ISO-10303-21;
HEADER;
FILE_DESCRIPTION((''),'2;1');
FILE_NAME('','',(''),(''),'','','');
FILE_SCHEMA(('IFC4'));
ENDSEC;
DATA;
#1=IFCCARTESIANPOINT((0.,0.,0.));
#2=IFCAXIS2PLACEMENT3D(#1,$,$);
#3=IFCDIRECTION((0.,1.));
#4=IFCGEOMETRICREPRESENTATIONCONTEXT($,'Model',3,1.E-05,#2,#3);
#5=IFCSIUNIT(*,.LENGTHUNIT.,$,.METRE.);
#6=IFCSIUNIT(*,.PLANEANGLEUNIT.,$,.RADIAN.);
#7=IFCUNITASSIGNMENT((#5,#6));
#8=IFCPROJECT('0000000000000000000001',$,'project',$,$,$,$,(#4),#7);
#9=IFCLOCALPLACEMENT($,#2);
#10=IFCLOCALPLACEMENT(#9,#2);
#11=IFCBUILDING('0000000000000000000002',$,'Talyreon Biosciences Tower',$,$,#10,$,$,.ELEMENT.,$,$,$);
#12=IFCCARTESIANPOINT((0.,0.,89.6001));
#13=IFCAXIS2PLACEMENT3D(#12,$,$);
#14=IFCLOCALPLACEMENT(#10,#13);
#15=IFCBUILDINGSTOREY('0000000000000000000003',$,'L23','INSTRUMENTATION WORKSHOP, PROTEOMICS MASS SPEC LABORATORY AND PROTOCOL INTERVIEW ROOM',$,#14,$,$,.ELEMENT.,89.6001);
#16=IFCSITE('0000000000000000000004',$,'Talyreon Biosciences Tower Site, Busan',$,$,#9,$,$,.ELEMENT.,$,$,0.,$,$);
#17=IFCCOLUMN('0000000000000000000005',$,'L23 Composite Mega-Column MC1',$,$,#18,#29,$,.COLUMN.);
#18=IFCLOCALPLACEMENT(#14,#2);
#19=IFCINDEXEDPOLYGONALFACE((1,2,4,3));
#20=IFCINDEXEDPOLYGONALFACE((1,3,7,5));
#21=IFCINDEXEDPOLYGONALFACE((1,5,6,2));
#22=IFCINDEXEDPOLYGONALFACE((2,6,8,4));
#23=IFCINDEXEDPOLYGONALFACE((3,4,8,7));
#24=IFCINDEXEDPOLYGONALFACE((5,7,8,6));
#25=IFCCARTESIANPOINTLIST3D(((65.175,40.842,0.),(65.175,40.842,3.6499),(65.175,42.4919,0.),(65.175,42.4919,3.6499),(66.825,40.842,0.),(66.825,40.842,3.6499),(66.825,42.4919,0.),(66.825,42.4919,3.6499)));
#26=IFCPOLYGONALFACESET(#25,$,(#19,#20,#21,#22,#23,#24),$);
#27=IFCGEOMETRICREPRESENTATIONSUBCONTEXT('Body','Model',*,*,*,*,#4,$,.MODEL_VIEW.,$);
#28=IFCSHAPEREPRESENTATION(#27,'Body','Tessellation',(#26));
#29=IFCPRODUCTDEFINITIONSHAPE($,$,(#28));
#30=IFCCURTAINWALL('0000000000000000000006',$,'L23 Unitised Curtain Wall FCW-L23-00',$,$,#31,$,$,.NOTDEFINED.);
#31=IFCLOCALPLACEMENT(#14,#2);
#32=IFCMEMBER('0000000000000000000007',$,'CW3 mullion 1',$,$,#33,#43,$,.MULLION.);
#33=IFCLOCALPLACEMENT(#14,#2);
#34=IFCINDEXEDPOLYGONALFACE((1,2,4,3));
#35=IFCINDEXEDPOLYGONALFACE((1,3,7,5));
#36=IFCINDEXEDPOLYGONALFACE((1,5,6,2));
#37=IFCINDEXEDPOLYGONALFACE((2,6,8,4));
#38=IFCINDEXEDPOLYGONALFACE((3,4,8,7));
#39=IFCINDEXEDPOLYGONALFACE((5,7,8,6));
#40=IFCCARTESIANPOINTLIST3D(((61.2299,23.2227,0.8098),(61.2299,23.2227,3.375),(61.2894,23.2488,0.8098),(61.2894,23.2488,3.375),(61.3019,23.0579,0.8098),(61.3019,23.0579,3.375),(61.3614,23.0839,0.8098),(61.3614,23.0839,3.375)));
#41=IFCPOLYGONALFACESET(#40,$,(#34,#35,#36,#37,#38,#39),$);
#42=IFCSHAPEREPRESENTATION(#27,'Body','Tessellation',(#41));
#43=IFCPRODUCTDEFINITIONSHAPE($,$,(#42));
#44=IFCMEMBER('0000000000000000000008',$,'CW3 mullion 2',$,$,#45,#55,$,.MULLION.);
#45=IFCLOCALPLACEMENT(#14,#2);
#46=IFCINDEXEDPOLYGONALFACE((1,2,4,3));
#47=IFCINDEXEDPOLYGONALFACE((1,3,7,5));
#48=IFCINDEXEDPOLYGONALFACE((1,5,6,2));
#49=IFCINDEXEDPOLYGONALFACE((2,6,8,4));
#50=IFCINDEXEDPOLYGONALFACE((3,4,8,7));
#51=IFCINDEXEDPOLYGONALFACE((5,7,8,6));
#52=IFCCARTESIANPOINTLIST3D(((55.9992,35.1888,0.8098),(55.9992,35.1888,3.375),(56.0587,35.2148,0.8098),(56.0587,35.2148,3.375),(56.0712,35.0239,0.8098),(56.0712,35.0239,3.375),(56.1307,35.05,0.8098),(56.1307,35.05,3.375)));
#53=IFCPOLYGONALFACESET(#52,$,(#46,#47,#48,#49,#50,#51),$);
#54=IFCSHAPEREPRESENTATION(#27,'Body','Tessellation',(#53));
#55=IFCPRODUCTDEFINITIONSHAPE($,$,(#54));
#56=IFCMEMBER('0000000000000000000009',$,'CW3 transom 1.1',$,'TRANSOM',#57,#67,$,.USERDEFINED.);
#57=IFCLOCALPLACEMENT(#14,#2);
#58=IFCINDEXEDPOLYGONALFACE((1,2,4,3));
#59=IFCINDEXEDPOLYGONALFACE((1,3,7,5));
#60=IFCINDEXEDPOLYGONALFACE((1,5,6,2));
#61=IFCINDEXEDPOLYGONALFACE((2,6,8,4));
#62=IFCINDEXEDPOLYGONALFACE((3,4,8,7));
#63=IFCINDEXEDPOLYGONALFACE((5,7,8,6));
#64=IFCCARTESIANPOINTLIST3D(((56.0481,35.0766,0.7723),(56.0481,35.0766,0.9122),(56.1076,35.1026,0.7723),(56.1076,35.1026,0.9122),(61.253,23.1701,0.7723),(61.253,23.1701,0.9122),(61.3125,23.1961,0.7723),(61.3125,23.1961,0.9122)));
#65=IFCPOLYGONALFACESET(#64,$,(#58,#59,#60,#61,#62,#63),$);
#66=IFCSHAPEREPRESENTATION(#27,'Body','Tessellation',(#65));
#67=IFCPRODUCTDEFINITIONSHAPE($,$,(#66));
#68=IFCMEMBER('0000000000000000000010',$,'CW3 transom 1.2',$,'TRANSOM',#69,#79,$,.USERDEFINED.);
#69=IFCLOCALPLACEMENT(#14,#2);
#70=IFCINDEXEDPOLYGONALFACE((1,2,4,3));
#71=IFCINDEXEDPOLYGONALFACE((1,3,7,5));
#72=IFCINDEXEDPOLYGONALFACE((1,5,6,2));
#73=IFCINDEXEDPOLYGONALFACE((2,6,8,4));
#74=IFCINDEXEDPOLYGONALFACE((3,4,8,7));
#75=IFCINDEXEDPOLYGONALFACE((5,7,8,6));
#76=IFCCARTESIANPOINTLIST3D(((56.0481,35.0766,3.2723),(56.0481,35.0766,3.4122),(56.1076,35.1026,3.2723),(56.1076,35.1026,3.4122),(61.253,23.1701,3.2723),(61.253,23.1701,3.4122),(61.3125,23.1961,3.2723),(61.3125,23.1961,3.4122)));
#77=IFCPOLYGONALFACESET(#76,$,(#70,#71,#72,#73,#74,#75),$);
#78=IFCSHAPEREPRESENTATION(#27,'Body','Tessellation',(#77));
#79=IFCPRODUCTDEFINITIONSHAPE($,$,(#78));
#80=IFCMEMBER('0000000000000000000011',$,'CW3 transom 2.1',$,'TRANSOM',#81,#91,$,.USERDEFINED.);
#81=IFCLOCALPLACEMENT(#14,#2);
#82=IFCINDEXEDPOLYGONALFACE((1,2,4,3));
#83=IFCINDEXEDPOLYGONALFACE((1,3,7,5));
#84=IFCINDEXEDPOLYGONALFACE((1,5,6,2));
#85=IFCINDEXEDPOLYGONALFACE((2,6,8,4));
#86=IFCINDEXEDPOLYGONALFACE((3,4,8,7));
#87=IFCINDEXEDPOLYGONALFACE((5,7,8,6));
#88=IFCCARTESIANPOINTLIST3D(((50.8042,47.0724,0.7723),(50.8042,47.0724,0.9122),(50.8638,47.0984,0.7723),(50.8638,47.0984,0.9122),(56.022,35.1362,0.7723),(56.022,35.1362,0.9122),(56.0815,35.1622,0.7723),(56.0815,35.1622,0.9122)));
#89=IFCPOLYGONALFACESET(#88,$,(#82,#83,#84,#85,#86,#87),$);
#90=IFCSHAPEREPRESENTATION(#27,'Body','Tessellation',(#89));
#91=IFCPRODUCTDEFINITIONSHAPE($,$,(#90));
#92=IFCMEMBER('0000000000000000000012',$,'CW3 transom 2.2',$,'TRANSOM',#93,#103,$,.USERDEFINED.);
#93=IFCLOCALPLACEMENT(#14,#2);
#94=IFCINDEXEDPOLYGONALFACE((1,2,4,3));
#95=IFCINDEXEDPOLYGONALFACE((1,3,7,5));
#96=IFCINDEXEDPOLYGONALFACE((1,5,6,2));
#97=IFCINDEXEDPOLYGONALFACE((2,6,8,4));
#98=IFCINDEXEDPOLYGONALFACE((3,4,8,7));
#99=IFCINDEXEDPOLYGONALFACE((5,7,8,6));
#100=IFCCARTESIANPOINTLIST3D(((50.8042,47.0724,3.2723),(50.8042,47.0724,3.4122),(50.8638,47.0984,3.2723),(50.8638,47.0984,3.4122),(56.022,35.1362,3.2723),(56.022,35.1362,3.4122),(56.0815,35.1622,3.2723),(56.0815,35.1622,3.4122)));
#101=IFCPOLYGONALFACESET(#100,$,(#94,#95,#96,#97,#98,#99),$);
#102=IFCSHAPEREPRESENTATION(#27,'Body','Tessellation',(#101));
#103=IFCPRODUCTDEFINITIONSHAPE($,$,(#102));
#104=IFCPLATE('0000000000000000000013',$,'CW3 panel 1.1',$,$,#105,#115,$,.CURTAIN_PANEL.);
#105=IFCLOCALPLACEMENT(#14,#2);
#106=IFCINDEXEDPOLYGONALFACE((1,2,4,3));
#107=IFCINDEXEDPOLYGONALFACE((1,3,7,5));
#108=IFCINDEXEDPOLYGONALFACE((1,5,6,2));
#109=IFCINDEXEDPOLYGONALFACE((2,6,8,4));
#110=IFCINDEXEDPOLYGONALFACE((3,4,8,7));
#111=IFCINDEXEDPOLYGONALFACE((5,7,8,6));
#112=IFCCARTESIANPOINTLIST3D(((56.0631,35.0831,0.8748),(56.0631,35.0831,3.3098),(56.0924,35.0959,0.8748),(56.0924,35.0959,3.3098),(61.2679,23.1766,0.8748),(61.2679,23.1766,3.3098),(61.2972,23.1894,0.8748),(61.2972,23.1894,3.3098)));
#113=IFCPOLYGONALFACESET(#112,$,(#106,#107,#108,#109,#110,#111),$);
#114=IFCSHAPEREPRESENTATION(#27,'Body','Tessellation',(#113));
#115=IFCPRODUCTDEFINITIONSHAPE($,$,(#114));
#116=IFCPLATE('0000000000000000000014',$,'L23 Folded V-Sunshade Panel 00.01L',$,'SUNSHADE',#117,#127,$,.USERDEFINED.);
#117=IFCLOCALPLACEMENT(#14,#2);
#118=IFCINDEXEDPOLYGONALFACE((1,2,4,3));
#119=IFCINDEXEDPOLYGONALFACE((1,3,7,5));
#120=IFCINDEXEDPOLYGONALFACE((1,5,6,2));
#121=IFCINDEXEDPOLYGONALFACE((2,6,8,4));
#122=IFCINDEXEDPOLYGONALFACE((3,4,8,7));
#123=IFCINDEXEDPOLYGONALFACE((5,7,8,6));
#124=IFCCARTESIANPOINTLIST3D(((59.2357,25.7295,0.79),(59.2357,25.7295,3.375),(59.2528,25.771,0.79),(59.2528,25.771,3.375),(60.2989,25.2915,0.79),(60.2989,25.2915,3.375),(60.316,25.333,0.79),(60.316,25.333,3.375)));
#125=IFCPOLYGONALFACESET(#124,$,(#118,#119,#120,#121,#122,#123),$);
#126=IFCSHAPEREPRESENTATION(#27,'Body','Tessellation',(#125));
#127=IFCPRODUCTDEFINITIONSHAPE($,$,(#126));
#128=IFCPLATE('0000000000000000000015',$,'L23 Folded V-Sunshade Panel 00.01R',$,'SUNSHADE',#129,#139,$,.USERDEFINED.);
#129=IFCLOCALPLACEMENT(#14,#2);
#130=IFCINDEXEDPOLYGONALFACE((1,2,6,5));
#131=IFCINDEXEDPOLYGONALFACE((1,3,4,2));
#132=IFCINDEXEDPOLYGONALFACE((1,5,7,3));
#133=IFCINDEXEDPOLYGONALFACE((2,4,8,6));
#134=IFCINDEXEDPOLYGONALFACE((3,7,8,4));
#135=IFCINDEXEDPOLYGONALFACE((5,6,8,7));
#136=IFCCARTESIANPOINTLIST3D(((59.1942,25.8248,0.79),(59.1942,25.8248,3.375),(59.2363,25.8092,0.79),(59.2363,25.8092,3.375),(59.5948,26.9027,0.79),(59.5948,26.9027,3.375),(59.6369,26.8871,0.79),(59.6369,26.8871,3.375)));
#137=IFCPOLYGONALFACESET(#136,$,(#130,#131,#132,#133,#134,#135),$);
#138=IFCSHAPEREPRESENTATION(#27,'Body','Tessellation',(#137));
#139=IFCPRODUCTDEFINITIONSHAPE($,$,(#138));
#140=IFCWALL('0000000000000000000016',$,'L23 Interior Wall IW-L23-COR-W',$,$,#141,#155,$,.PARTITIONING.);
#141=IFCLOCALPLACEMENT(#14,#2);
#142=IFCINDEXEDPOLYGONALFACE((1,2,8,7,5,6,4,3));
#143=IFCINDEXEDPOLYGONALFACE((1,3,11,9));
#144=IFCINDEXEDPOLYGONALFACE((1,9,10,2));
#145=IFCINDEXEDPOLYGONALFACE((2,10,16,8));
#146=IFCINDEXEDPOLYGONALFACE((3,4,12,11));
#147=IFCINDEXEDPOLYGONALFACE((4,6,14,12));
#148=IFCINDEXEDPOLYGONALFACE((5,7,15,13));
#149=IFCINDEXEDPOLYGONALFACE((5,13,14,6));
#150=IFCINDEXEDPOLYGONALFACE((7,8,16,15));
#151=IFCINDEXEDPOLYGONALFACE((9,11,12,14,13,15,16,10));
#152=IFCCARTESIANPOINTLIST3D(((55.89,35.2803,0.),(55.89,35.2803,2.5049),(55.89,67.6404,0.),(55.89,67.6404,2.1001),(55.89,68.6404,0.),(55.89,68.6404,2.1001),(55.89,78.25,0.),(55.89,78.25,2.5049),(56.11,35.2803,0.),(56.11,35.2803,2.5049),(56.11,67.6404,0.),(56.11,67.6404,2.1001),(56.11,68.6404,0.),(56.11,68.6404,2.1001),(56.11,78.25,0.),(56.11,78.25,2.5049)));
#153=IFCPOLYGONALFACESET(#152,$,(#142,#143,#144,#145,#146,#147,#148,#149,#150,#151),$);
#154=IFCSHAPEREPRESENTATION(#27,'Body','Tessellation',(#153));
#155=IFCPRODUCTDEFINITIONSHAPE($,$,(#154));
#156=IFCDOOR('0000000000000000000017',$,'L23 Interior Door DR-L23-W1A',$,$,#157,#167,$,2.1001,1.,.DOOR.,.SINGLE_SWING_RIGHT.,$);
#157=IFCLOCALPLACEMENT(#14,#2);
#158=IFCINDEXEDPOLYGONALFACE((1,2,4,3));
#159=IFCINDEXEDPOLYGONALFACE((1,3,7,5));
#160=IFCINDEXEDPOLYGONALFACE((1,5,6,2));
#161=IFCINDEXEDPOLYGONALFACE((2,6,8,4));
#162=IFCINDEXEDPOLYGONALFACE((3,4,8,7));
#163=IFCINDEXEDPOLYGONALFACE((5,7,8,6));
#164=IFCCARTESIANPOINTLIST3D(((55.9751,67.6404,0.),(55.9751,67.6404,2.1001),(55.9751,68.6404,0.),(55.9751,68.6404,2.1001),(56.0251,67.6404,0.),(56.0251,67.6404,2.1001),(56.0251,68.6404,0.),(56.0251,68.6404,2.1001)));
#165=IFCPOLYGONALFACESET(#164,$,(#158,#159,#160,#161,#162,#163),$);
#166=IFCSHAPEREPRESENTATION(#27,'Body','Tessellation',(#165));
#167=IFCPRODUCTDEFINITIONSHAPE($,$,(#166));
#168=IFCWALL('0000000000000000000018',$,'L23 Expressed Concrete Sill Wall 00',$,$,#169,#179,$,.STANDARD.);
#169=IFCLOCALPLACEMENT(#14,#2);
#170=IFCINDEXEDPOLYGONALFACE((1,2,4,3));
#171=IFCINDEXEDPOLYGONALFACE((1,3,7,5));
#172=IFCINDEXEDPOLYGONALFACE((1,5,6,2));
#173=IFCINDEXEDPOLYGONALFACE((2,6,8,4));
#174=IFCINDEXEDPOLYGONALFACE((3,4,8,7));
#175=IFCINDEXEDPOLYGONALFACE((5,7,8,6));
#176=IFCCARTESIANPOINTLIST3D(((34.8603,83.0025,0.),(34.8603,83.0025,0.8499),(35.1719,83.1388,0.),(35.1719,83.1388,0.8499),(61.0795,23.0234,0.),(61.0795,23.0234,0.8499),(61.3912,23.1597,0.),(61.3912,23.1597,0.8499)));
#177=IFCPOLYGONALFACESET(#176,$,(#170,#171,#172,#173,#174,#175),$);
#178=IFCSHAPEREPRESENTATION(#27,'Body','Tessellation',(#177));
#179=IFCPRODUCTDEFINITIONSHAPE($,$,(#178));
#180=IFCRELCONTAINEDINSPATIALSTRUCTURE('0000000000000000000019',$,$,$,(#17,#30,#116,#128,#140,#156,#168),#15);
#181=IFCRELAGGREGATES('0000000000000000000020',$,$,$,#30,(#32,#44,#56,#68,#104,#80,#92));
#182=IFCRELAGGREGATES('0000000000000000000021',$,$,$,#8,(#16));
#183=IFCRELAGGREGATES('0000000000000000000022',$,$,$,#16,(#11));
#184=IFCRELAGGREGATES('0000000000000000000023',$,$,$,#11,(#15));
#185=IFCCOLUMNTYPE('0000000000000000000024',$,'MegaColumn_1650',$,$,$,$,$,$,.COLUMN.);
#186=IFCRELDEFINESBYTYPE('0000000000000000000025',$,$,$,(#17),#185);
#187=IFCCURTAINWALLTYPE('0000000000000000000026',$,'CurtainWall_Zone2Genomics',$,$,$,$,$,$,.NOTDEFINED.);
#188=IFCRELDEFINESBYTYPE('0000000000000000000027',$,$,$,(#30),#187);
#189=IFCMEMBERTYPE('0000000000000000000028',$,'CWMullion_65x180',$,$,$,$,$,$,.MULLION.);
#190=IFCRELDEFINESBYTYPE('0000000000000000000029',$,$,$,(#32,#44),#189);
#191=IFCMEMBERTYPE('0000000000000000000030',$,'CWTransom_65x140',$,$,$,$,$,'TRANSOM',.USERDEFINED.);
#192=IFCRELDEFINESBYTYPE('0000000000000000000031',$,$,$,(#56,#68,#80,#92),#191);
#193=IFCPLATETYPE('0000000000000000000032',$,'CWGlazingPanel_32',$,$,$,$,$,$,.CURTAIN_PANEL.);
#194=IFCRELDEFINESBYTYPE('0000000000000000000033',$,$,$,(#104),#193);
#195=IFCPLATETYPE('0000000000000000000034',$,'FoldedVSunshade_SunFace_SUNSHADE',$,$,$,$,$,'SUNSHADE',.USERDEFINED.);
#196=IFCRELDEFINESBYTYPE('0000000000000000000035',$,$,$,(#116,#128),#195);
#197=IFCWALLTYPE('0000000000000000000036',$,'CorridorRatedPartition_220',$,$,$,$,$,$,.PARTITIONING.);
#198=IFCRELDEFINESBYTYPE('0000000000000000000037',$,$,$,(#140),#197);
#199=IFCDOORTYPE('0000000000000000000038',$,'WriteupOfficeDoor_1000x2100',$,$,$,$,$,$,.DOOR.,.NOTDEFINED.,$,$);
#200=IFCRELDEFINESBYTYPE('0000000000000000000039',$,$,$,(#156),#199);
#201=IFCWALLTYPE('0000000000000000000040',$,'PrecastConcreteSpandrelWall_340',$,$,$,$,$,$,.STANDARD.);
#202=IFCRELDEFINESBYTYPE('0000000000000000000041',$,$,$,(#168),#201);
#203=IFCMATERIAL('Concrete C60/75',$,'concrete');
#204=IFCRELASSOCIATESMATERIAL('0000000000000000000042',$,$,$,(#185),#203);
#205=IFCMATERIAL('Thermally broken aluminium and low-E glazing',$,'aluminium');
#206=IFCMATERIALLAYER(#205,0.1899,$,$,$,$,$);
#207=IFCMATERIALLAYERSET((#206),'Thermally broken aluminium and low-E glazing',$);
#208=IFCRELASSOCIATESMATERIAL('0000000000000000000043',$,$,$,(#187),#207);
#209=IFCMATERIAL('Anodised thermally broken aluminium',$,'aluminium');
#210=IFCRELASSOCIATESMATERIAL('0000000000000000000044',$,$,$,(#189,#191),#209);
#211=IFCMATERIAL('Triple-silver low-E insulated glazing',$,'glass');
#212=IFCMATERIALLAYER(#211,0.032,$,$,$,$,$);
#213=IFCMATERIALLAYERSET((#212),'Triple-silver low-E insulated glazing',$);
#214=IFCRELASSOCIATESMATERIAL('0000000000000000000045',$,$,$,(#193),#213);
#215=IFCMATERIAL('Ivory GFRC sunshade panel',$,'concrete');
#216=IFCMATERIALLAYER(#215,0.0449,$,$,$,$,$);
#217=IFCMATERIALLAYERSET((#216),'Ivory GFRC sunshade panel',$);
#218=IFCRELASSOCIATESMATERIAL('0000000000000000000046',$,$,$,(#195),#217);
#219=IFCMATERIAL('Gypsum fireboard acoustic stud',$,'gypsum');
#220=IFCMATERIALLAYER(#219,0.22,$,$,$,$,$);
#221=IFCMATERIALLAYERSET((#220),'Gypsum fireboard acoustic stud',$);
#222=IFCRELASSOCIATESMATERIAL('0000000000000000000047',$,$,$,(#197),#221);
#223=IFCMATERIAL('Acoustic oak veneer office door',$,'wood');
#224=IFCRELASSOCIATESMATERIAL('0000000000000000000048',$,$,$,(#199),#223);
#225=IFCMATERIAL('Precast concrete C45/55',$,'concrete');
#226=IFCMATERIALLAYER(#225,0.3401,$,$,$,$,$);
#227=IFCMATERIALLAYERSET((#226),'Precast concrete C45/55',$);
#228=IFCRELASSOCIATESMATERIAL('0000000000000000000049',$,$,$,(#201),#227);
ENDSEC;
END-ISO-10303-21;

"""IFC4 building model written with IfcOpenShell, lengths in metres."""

from ifc_helpers import new_model, si_unit, direction, frame, frame_2d, origin, origin_2d, place, context, subcontext, project, spatial, rectangle, extrude, material, layer, layer_set, material_profile, profile_set, type_object, element, fill, aggregate, save


model = new_model("IFC4")

# Units and contexts
model_context = context("Model", 3, precision=1e-05, world=origin(), true_north=direction((0.0, 1.0)))
body_context = subcontext(model_context, "Body", "Model", "MODEL_VIEW")
ifc_project = project(units=[si_unit("LENGTHUNIT", "METRE"), si_unit("PLANEANGLEUNIT", "RADIAN")], contexts=[model_context])

# Site, building, storey
site_placement = place(None, origin())
site = spatial("IfcSite", under=ifc_project, at=site_placement, Name="Talyreon Biosciences Tower Site, Busan", CompositionType="ELEMENT", RefElevation=0.0)
building_placement = place(site_placement, origin())
building = spatial("IfcBuilding", under=site, at=building_placement, Name="Talyreon Biosciences Tower", CompositionType="ELEMENT")
storey_placement = place(building_placement, frame((0.0, 0.0, 89.6001)))
storey = spatial("IfcBuildingStorey", under=building, at=storey_placement, Name="L23", Description="INSTRUMENTATION WORKSHOP, PROTEOMICS MASS SPEC LABORATORY AND PROTOCOL INTERVIEW ROOM", CompositionType="ELEMENT", Elevation=89.6001)

# Column
ifc_material_1 = material(Name="Concrete C60/75", Category="concrete")
ifc_material_profile_1 = material_profile(ifc_material_1, rectangle(XDim=1.6499, YDim=1.6499, at=origin_2d()), Name="RC 1650x1650")
ifc_profile_set_1 = profile_set([ifc_material_profile_1], Name="Concrete C60/75")
column_type = type_object("IfcColumnType", Name="MegaColumn_1650", PredefinedType="COLUMN", material=ifc_profile_set_1)
column_placement = place(storey_placement, frame((66.0, 41.667, 0.0), z_axis=(0.0, 0.0, 1.0), x_axis=(1.0, 0.0, 0.0)))
element("IfcColumn", 1, at=column_placement, inside=storey, type_object=column_type, Name="L23 Composite Mega-Column MC1", PredefinedType="COLUMN", context=body_context, shape_type="SweptSolid", body=[
    extrude(rectangle(XDim=1.6499, YDim=1.6499, at=origin_2d()), origin(), (0.0, 0.0, 1.0), 3.6499),
])

# Curtain wall, members, plate
ifc_material_2 = material(Name="Thermally broken aluminium and low-E glazing", Category="aluminium")
ifc_layer_1 = layer(ifc_material_2, 0.1899)
ifc_layer_set_1 = layer_set([ifc_layer_1], Name="Thermally broken aluminium and low-E glazing")
curtain_wall_type = type_object("IfcCurtainWallType", Name="CurtainWall_Zone2Genomics", PredefinedType="NOTDEFINED", material=ifc_layer_set_1)
curtain_wall_placement = place(storey_placement, origin())
curtain_wall = element("IfcCurtainWall", 2, at=curtain_wall_placement, inside=storey, type_object=curtain_wall_type, Name="L23 Unitised Curtain Wall FCW-L23-00", PredefinedType="NOTDEFINED")
ifc_material_3 = material(Name="Anodised thermally broken aluminium", Category="aluminium")
ifc_material_profile_2 = material_profile(ifc_material_3, rectangle(XDim=0.0649, YDim=0.1799, at=origin_2d()), Name="ALUM MULLION 65x180")
ifc_profile_set_2 = profile_set([ifc_material_profile_2], Name="Anodised thermally broken aluminium")
member_type_1 = type_object("IfcMemberType", Name="CWMullion_65x180", PredefinedType="MULLION", material=ifc_profile_set_2)
member_1_placement = place(storey_placement, frame((61.2957, 23.1533, 0.8098), z_axis=(0.0, 0.0, 1.0), x_axis=(-0.916278, -0.400542, 0.0)))
member_1 = element("IfcMember", 3, at=member_1_placement, type_object=member_type_1, Name="CW3 mullion 1", PredefinedType="MULLION", context=body_context, shape_type="SweptSolid", body=[
    extrude(rectangle(XDim=0.0649, YDim=0.1799, at=origin_2d()), origin(), (0.0, 0.0, 1.0), 2.5652),
])
member_2_placement = place(storey_placement, frame((56.0649, 35.1194, 0.8098), z_axis=(0.0, 0.0, 1.0), x_axis=(-0.916278, -0.400542, 0.0)))
member_2 = element("IfcMember", 4, at=member_2_placement, type_object=member_type_1, Name="CW3 mullion 2", PredefinedType="MULLION", context=body_context, shape_type="SweptSolid", body=[
    extrude(rectangle(XDim=0.0649, YDim=0.1799, at=origin_2d()), origin(), (0.0, 0.0, 1.0), 2.5652),
])
ifc_material_profile_3 = material_profile(ifc_material_3, rectangle(XDim=0.0649, YDim=0.1399, at=origin_2d()), Name="ALUM TRANSOM 65x140")
ifc_profile_set_3 = profile_set([ifc_material_profile_3], Name="Anodised thermally broken aluminium")
member_type_2 = type_object("IfcMemberType", Name="CWTransom_65x140", ElementType="TRANSOM", PredefinedType="USERDEFINED", material=ifc_profile_set_3)
member_3_placement = place(storey_placement, frame((61.2827, 23.1831, 0.8423), z_axis=(-0.400544, 0.916278, 0.0), x_axis=(-0.916278, -0.400544, 0.0)))
member_3 = element("IfcMember", 5, at=member_3_placement, type_object=member_type_2, Name="CW3 transom 1.1", ObjectType="TRANSOM", PredefinedType="USERDEFINED", context=body_context, shape_type="SweptSolid", body=[
    extrude(rectangle(XDim=0.0649, YDim=0.1399, at=origin_2d()), origin(), (0.0, 0.0, 1.0), 12.9944),
])
member_4_placement = place(storey_placement, frame((61.2827, 23.1831, 3.3423), z_axis=(-0.400544, 0.916278, 0.0), x_axis=(-0.916278, -0.400544, 0.0)))
member_4 = element("IfcMember", 6, at=member_4_placement, type_object=member_type_2, Name="CW3 transom 1.2", ObjectType="TRANSOM", PredefinedType="USERDEFINED", context=body_context, shape_type="SweptSolid", body=[
    extrude(rectangle(XDim=0.0649, YDim=0.1399, at=origin_2d()), origin(), (0.0, 0.0, 1.0), 12.9944),
])
member_5_placement = place(storey_placement, frame((56.0518, 35.1492, 0.8423), z_axis=(-0.400539, 0.91628, 0.0), x_axis=(-0.91628, -0.400539, 0.0)))
member_5 = element("IfcMember", 7, at=member_5_placement, type_object=member_type_2, Name="CW3 transom 2.1", ObjectType="TRANSOM", PredefinedType="USERDEFINED", context=body_context, shape_type="SweptSolid", body=[
    extrude(rectangle(XDim=0.0649, YDim=0.1399, at=origin_2d()), origin(), (0.0, 0.0, 1.0), 13.0269),
])
member_6_placement = place(storey_placement, frame((56.0518, 35.1492, 3.3423), z_axis=(-0.400539, 0.91628, 0.0), x_axis=(-0.91628, -0.400539, 0.0)))
member_6 = element("IfcMember", 8, at=member_6_placement, type_object=member_type_2, Name="CW3 transom 2.2", ObjectType="TRANSOM", PredefinedType="USERDEFINED", context=body_context, shape_type="SweptSolid", body=[
    extrude(rectangle(XDim=0.0649, YDim=0.1399, at=origin_2d()), origin(), (0.0, 0.0, 1.0), 13.0269),
])
ifc_material_4 = material(Name="Triple-silver low-E insulated glazing", Category="glass")
ifc_layer_2 = layer(ifc_material_4, 0.032)
ifc_layer_set_2 = layer_set([ifc_layer_2], Name="Triple-silver low-E insulated glazing")
plate_type_1 = type_object("IfcPlateType", Name="CWGlazingPanel_32", PredefinedType="CURTAIN_PANEL", material=ifc_layer_set_2)
plate_placement = place(storey_placement, frame((58.6802, 29.1362, 0.8748), z_axis=(0.0, 0.0, 1.0), x_axis=(-0.400542, 0.916278, 0.0)))
plate = element("IfcPlate", 9, at=plate_placement, type_object=plate_type_1, Name="CW3 panel 1.1", PredefinedType="CURTAIN_PANEL", context=body_context, shape_type="SweptSolid", body=[
    extrude(rectangle(XDim=12.9944, YDim=0.032, at=origin_2d()), origin(), (0.0, 0.0, 1.0), 2.4351),
])
aggregate(curtain_wall, [member_1, member_2, member_3, member_4, plate, member_5, member_6])

# Plates
ifc_material_5 = material(Name="Ivory GFRC sunshade panel", Category="concrete")
ifc_layer_3 = layer(ifc_material_5, 0.0449)
ifc_layer_set_3 = layer_set([ifc_layer_3], Name="Ivory GFRC sunshade panel")
plate_type_2 = type_object("IfcPlateType", Name="FoldedVSunshade_SunFace_SUNSHADE", ElementType="SUNSHADE", PredefinedType="USERDEFINED", material=ifc_layer_set_3)
for number, where, z_axis, x_axis, name in (
    (10, (59.7759, 25.5312, 0.79), (0.0, 0.0, 1.0), (-0.924626, 0.380877, 0.0), "L23 Folded V-Sunshade Panel 00.01L"),
    (11, (59.4155, 26.356, 0.79), (0.0, 0.0, 1.0), (0.348376, 0.937355, 0.0), "L23 Folded V-Sunshade Panel 00.01R"),
):
    element("IfcPlate", number, at=place(storey_placement, frame(where, z_axis=z_axis, x_axis=x_axis)), inside=storey, type_object=plate_type_2, Name=name, ObjectType="SUNSHADE", PredefinedType="USERDEFINED", context=body_context, shape_type="SweptSolid", body=[
        extrude(rectangle(XDim=1.1499, YDim=0.0449, at=origin_2d()), origin(), (0.0, 0.0, 1.0), 2.585),
    ])

# Wall, opening, door
ifc_material_6 = material(Name="Gypsum fireboard acoustic stud", Category="gypsum")
ifc_layer_4 = layer(ifc_material_6, 0.22)
ifc_layer_set_4 = layer_set([ifc_layer_4], Name="Gypsum fireboard acoustic stud")
wall_type_1 = type_object("IfcWallType", Name="CorridorRatedPartition_220", PredefinedType="PARTITIONING", material=ifc_layer_set_4)
wall_1_placement = place(storey_placement, frame((56.0, 35.2803, 0.0), z_axis=(0.0, 0.0, 1.0), x_axis=(0.0, 1.0, 0.0)))
wall_1 = element("IfcWall", 12, at=wall_1_placement, inside=storey, type_object=wall_type_1, Name="L23 Interior Wall IW-L23-COR-W", PredefinedType="PARTITIONING", context=body_context, shape_type="SweptSolid", body=[
    extrude(rectangle(XDim=42.9697, YDim=0.22, at=frame_2d((21.4849, 0.0))), origin(), (0.0, 0.0, 1.0), 2.5049),
])
opening_placement = place(wall_1_placement, frame((32.3601, 0.0, 0.0)))
opening = element("IfcOpeningElement", 13, at=opening_placement, cuts=wall_1, PredefinedType="OPENING", context=body_context, shape_type="SweptSolid", body=[
    extrude(rectangle(XDim=1.0, YDim=2.1001, at=frame_2d((0.5, 1.05))), frame((0.0, 0.1199, 0.0), z_axis=(0.0, -1.0, 0.0), x_axis=(1.0, 0.0, 0.0)), (0.0, 0.0, 1.0), 0.24),
])
ifc_material_7 = material(Name="Acoustic oak veneer office door", Category="wood")
door_type = type_object("IfcDoorType", Name="WriteupOfficeDoor_1000x2100", OperationType="NOTDEFINED", PredefinedType="DOOR", material=ifc_material_7)
door_placement = place(opening_placement, origin())
door = element("IfcDoor", 14, at=door_placement, inside=storey, type_object=door_type, Name="L23 Interior Door DR-L23-W1A", OperationType="SINGLE_SWING_RIGHT", OverallHeight=2.1001, OverallWidth=1.0, PredefinedType="DOOR", context=body_context, shape_type="SweptSolid", body=[
    extrude(rectangle(XDim=1.0, YDim=2.1001, at=frame_2d((0.5, 1.05))), frame((0.0, 0.0249, 0.0), z_axis=(0.0, -1.0, 0.0), x_axis=(1.0, 0.0, 0.0)), (0.0, 0.0, 1.0), 0.05),
])
fill(opening, door)

# Wall
ifc_material_8 = material(Name="Precast concrete C45/55", Category="concrete")
ifc_layer_5 = layer(ifc_material_8, 0.3401)
ifc_layer_set_5 = layer_set([ifc_layer_5], Name="Precast concrete C45/55")
wall_type_2 = type_object("IfcWallType", Name="PrecastConcreteSpandrelWall_340", PredefinedType="STANDARD", material=ifc_layer_set_5)
wall_2_placement = place(storey_placement, frame((61.2354, 23.0916, 0.0), z_axis=(0.0, 0.0, 1.0), x_axis=(-0.400542, 0.916278, 0.0)))
element("IfcWall", 15, at=wall_2_placement, inside=storey, type_object=wall_type_2, Name="L23 Expressed Concrete Sill Wall 00", PredefinedType="STANDARD", context=body_context, shape_type="SweptSolid", body=[
    extrude(rectangle(XDim=65.4595, YDim=0.3401, at=frame_2d((32.7297, 0.0))), origin(), (0.0, 0.0, 1.0), 0.8499),
])

save(model, "model.ifc")
